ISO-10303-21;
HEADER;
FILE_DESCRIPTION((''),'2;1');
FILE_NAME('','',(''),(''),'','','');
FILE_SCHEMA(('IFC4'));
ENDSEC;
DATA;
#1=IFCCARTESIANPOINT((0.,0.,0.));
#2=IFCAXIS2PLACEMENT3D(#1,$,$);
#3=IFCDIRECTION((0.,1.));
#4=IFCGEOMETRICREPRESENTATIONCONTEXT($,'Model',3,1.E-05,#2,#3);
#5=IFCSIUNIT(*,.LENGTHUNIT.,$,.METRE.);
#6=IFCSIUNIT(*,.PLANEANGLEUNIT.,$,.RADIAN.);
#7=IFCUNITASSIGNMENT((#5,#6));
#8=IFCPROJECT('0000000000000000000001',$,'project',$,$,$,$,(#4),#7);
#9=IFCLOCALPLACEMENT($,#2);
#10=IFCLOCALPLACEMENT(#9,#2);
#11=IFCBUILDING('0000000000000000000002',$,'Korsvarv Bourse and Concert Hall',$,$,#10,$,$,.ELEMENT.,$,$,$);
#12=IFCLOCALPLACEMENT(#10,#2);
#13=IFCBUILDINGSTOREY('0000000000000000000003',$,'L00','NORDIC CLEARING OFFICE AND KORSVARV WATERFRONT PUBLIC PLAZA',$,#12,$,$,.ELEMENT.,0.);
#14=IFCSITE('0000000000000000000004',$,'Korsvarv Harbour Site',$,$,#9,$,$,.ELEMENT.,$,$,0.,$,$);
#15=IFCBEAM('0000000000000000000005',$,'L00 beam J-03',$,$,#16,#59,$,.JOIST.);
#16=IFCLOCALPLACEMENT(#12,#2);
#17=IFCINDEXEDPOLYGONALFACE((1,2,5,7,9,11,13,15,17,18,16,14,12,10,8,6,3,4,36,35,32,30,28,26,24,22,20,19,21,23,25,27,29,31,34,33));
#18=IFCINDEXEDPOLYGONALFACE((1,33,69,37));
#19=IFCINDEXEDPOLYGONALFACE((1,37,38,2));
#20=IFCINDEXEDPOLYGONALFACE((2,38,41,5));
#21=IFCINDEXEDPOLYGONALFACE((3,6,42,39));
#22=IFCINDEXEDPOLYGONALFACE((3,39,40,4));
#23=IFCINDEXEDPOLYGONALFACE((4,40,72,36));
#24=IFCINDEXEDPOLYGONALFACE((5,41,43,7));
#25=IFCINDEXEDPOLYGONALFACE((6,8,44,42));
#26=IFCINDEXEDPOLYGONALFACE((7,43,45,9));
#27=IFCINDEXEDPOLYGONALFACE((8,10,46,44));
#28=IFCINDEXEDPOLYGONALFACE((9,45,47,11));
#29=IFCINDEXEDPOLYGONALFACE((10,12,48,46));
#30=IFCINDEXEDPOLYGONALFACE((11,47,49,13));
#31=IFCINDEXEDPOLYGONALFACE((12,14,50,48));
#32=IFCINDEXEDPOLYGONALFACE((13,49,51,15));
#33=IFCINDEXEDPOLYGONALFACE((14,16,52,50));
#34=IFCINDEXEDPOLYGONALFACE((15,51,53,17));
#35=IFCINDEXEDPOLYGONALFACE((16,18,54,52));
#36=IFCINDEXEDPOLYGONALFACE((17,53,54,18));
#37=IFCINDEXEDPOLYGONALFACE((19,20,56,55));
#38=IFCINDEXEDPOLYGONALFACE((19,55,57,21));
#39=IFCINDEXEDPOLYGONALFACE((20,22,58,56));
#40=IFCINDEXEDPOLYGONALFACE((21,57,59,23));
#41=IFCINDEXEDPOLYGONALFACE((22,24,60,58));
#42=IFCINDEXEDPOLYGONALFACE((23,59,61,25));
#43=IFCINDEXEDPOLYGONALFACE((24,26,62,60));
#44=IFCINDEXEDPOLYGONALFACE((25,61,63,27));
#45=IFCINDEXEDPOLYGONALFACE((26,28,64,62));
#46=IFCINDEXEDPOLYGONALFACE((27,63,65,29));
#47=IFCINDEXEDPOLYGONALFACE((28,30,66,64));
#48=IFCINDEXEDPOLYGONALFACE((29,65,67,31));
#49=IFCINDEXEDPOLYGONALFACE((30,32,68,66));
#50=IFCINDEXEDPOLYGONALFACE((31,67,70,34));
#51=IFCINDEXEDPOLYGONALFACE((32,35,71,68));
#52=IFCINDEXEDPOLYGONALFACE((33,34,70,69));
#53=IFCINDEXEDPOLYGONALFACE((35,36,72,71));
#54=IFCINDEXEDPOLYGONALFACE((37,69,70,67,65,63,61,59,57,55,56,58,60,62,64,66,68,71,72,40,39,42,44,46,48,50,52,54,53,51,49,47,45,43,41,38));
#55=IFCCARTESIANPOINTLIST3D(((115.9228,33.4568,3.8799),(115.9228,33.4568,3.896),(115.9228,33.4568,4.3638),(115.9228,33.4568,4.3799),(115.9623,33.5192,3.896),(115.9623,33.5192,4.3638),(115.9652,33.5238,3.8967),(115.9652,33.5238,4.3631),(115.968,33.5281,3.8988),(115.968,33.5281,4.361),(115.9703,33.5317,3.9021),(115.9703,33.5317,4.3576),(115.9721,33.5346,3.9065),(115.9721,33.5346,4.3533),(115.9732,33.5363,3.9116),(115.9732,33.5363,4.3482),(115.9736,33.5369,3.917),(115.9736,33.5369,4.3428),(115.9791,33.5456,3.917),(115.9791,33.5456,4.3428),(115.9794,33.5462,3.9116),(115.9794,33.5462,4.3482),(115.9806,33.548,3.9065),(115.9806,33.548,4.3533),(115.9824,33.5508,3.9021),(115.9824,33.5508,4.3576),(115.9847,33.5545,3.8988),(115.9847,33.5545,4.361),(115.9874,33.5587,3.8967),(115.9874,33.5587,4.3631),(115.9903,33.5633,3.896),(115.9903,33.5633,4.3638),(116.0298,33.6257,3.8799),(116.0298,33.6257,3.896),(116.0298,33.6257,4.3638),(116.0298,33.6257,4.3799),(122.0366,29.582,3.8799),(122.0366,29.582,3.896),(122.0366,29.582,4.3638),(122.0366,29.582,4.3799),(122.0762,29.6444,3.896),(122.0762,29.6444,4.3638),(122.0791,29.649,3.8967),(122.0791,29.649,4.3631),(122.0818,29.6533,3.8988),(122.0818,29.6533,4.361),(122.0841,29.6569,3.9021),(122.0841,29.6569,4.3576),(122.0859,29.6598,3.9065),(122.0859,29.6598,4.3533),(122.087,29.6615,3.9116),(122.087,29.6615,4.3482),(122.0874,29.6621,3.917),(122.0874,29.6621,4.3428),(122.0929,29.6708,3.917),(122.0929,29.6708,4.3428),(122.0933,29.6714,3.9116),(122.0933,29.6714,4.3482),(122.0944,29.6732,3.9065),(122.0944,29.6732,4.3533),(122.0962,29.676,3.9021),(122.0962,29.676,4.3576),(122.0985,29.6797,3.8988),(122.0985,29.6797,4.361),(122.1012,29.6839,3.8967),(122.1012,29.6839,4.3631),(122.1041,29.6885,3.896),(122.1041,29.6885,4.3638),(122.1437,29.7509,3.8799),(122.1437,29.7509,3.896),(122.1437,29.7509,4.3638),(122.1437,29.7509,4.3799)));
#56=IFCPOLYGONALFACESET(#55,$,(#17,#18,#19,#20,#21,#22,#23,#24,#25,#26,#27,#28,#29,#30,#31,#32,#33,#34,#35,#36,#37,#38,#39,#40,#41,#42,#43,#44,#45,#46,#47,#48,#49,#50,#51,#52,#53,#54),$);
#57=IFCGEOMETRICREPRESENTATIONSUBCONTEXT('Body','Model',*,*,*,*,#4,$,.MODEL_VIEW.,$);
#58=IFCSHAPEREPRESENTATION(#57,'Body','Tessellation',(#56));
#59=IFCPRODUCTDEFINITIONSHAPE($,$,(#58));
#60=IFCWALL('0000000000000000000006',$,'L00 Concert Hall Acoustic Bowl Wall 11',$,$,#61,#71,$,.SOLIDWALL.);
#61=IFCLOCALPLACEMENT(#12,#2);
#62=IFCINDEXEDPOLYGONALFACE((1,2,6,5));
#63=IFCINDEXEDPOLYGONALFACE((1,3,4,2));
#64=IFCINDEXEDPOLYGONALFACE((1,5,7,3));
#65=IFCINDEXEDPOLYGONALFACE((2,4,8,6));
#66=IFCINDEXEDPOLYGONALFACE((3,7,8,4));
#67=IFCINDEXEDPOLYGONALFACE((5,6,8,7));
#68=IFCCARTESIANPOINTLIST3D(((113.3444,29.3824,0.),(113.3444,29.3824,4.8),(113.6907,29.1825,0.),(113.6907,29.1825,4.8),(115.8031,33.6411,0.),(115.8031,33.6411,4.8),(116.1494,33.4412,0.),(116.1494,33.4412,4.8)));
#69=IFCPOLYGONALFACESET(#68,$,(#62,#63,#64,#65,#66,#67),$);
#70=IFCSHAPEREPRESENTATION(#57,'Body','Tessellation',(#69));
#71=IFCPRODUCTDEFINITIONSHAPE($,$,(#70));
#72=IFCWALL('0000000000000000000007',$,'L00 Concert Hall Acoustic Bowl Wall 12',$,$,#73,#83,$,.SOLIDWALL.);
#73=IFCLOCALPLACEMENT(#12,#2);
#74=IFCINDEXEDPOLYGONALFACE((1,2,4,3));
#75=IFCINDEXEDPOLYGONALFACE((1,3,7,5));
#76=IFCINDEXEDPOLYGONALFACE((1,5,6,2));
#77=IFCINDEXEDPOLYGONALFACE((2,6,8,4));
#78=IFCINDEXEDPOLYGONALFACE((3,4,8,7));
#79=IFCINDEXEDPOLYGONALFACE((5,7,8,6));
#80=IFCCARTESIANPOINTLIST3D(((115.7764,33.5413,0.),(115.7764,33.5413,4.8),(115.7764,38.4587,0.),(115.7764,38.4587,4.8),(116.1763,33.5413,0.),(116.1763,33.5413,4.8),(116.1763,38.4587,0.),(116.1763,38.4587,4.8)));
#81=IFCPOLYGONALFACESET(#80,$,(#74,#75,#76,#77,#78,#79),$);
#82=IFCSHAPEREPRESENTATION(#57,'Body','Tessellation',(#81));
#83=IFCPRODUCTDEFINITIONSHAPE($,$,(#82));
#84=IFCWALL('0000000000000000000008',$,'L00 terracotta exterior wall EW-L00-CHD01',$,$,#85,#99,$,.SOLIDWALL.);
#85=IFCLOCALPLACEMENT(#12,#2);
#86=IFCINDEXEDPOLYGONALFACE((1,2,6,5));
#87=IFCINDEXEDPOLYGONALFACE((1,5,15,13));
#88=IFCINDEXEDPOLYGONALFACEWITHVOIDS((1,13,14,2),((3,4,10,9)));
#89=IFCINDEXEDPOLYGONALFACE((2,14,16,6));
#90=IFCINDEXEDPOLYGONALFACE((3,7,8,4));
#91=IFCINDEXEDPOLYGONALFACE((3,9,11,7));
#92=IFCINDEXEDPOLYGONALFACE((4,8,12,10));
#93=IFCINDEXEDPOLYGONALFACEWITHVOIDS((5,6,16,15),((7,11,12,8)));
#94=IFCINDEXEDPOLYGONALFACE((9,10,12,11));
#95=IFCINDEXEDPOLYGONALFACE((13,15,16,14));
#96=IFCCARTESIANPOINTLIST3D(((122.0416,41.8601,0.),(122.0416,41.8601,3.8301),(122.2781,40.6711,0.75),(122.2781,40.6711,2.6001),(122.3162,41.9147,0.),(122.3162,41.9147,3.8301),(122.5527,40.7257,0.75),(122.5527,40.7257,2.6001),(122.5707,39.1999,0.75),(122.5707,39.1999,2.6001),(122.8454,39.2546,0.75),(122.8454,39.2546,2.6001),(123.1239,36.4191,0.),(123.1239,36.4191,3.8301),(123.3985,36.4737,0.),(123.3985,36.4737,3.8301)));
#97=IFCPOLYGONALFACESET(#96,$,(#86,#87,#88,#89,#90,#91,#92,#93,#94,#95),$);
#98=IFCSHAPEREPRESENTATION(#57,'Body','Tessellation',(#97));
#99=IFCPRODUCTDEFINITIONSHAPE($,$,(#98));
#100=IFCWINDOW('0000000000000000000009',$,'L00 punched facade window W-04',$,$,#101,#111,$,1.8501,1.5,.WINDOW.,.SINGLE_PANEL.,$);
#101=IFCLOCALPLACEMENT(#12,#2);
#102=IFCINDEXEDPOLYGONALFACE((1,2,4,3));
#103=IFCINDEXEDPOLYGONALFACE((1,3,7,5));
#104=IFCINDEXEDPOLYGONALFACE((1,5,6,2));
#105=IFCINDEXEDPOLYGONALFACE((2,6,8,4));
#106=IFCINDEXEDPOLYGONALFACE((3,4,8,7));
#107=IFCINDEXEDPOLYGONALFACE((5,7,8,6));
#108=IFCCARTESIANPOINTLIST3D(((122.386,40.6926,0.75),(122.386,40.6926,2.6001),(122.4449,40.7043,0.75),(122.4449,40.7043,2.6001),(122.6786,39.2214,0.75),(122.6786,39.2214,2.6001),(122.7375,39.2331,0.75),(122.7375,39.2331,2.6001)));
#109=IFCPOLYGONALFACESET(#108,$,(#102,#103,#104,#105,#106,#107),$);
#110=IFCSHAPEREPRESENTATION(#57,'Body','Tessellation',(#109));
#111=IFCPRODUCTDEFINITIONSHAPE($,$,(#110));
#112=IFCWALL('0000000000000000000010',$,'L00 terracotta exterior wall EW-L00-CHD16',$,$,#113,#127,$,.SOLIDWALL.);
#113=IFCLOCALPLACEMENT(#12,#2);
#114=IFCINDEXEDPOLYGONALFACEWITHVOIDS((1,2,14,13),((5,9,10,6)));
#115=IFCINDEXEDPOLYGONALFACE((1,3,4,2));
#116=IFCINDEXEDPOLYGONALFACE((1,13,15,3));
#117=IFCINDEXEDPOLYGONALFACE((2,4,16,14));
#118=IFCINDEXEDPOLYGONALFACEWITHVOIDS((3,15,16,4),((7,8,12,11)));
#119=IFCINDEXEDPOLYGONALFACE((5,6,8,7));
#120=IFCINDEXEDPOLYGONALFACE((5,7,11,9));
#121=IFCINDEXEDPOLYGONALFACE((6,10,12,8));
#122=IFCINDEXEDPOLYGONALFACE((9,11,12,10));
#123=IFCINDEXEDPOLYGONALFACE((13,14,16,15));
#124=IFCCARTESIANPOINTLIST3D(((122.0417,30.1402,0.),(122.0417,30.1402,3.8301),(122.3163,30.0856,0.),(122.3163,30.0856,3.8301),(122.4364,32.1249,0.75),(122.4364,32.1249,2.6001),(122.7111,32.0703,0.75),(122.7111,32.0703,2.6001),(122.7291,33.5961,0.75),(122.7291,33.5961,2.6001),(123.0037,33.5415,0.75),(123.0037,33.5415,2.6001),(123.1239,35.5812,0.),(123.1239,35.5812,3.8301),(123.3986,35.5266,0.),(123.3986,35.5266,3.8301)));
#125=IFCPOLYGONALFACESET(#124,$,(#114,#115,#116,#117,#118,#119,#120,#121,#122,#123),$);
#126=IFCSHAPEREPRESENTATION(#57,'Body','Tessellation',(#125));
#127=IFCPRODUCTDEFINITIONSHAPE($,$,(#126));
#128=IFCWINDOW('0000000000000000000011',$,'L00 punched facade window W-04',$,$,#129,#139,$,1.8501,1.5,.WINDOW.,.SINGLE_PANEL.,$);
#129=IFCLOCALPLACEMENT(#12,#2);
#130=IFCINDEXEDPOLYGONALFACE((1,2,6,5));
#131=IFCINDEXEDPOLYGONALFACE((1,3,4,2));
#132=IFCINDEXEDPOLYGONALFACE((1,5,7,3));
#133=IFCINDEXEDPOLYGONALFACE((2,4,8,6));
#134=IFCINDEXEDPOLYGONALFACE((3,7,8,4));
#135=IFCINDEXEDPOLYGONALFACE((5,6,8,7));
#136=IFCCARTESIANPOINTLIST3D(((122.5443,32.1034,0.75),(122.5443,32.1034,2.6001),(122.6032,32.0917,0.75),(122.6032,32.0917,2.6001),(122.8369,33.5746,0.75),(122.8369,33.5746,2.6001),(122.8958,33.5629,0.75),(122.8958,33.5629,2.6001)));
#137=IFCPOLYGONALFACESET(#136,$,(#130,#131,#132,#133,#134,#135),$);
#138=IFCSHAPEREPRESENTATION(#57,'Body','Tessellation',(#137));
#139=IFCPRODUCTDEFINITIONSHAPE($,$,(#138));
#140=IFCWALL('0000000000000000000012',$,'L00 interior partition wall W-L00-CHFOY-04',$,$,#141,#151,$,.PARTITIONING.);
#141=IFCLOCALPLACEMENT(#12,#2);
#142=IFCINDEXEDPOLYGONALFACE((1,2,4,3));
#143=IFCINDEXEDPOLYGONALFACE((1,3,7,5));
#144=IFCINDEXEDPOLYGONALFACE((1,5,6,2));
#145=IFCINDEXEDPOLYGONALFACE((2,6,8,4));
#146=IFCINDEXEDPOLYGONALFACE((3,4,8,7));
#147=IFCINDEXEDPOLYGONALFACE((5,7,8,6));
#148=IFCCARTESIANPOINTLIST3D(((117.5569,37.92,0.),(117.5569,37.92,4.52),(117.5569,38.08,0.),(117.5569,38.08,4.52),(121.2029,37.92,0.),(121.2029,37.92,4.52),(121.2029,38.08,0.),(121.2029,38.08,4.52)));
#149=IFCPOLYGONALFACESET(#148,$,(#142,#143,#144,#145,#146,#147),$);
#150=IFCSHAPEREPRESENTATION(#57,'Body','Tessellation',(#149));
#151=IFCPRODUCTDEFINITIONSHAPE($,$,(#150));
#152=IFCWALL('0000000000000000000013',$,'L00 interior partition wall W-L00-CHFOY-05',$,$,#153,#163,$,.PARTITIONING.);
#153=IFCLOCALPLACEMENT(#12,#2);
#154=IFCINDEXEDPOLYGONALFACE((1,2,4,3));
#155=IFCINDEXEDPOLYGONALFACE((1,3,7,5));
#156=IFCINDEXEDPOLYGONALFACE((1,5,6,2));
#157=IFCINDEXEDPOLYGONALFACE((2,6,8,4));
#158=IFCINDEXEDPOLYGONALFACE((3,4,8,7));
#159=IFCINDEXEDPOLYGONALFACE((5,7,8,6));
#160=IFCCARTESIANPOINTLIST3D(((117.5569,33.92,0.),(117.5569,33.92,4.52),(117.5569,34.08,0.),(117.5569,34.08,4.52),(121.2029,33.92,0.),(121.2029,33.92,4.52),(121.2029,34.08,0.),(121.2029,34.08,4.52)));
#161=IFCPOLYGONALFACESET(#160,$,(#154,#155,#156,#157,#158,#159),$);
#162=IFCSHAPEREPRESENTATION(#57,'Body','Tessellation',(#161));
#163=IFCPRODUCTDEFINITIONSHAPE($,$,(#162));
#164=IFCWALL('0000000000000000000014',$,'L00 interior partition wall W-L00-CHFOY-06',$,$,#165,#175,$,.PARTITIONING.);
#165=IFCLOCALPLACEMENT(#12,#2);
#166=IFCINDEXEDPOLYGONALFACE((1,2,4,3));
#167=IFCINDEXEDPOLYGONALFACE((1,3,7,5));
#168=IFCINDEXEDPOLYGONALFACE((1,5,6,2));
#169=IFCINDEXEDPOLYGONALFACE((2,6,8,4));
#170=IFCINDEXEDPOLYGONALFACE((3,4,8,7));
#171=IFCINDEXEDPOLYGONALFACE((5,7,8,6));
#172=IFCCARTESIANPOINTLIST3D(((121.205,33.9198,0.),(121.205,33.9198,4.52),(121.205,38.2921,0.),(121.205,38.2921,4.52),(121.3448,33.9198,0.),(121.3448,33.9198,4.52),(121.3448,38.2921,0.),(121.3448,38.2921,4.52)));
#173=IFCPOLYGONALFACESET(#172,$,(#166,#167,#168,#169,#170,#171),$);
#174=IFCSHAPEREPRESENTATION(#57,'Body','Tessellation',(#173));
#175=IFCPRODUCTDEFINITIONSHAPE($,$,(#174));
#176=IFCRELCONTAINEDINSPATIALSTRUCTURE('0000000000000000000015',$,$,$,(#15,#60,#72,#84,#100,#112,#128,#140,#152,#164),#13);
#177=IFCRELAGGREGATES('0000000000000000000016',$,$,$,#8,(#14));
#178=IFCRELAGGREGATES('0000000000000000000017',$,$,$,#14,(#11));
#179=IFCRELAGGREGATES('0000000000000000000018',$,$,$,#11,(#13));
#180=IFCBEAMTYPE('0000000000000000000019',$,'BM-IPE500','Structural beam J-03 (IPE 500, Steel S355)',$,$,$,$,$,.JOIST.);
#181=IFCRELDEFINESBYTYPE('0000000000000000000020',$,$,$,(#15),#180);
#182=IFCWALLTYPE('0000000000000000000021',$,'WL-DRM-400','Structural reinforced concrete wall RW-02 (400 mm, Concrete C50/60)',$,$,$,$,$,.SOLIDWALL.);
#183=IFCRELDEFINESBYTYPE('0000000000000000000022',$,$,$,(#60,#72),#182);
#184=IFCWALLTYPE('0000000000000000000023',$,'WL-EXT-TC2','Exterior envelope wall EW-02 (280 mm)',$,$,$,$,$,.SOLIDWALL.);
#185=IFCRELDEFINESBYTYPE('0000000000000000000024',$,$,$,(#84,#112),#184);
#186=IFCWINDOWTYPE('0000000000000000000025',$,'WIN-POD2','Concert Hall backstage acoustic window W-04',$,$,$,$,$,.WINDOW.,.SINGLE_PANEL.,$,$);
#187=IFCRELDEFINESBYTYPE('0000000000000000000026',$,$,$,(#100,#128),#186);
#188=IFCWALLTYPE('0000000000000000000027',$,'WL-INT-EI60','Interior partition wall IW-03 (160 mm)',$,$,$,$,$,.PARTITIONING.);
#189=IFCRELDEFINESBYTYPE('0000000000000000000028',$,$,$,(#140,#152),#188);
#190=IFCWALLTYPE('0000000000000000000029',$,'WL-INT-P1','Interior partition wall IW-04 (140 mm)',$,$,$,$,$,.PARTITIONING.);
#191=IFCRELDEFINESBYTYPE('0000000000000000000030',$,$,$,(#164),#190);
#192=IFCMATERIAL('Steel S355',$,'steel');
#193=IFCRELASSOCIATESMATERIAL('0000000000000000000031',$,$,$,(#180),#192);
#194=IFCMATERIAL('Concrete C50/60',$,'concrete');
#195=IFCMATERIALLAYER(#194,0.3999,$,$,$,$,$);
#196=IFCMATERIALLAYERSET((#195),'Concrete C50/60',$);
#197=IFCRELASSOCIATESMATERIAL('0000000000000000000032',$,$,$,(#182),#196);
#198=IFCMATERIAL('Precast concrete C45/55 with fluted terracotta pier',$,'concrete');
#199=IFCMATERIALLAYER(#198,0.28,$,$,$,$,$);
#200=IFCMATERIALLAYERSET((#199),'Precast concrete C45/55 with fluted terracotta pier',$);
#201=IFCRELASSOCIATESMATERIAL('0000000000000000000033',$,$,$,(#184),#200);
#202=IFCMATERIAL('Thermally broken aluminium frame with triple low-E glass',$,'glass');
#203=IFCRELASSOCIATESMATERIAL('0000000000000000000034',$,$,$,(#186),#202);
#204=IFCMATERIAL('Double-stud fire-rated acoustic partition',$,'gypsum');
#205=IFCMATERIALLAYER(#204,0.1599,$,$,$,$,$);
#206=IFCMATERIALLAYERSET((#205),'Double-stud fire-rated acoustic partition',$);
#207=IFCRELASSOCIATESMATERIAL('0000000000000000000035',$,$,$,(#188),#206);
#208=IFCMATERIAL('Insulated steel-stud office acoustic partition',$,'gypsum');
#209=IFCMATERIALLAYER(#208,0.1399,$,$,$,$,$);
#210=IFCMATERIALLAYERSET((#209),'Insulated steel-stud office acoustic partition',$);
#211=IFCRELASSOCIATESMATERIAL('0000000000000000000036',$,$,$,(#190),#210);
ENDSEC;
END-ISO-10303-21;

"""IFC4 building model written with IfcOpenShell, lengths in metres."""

from ifc_helpers import new_model, si_unit, direction, frame, frame_2d, origin, origin_2d, place, context, subcontext, project, spatial, rectangle, i_section, extrude, source, transform, mapped, material, layer, layer_set, material_profile, profile_set, type_object, element, fill, save


model = new_model("IFC4")

# Units and contexts
model_context = context("Model", 3, precision=1e-05, world=origin(), true_north=direction((0.0, 1.0)))
body_context = subcontext(model_context, "Body", "Model", "MODEL_VIEW")
ifc_project = project(units=[si_unit("LENGTHUNIT", "METRE"), si_unit("PLANEANGLEUNIT", "RADIAN")], contexts=[model_context])

# Site, building, storey
site_placement = place(None, origin())
site = spatial("IfcSite", under=ifc_project, at=site_placement, Name="Korsvarv Harbour Site", CompositionType="ELEMENT", RefElevation=0.0)
building_placement = place(site_placement, origin())
building = spatial("IfcBuilding", under=site, at=building_placement, Name="Korsvarv Bourse and Concert Hall", CompositionType="ELEMENT")
storey_placement = place(building_placement, origin())
storey = spatial("IfcBuildingStorey", under=building, at=storey_placement, Name="L00", Description="NORDIC CLEARING OFFICE AND KORSVARV WATERFRONT PUBLIC PLAZA", CompositionType="ELEMENT", Elevation=0.0)

# Shared definitions
ifc_material_1 = material(Name="Concrete C50/60", Category="concrete")

# Beam
ifc_material_2 = material(Name="Steel S355", Category="steel")
ifc_material_profile_1 = material_profile(ifc_material_2, i_section(OverallWidth=0.2, OverallDepth=0.5, WebThickness=0.0103, FlangeThickness=0.0161, FilletRadius=0.021, at=origin_2d()), Name="IPE 500")
ifc_profile_set_1 = profile_set([ifc_material_profile_1], Name="Steel S355")
beam_type_1 = type_object("IfcBeamType", Name="BM-IPE500", Description="Structural beam J-03 (IPE 500, Steel S355)", PredefinedType="JOIST", material=ifc_profile_set_1)
shared_shape_1 = source(origin(), body_context, "Body", "SweptSolid", [
    extrude(i_section(OverallWidth=0.2, OverallDepth=0.5, WebThickness=0.0103, FlangeThickness=0.0161, FilletRadius=0.021, at=origin_2d()), origin(), (0.0, 0.0, 1.0), 7.2383),
])
beam_1_placement = place(storey_placement, frame((115.9763, 33.5413, 4.1299), z_axis=(0.84465, -0.535318, 0.0), x_axis=(0.535318, 0.84465, 0.0)))
element("IfcBeam", 1, at=beam_1_placement, inside=storey, type_object=beam_type_1, Name="L00 beam J-03", PredefinedType="JOIST", context=body_context, shape_type="MappedRepresentation", body=[
    mapped(shared_shape_1, transform((0.0, 0.0, 0.0), scale=1.0)),
])

# Walls
ifc_layer_1 = layer(ifc_material_1, 0.3999)
ifc_layer_set_1 = layer_set([ifc_layer_1], Name="Concrete C50/60")
wall_type_1 = type_object("IfcWallType", Name="WL-DRM-400", Description="Structural reinforced concrete wall RW-02 (400 mm, Concrete C50/60)", PredefinedType="SOLIDWALL", material=ifc_layer_set_1)
for number, where, z_axis, x_axis, name in (
    (2, (113.5176, 29.2825, 0.0), (0.0, 0.0, 1.0), (0.499989, 0.866032, 0.0), "L00 Concert Hall Acoustic Bowl Wall 11"),
    (3, (115.9763, 33.5413, 0.0), (0.0, 0.0, 1.0), (0.0, 1.0, 0.0), "L00 Concert Hall Acoustic Bowl Wall 12"),
):
    element("IfcWall", number, at=place(storey_placement, frame(where, z_axis=z_axis, x_axis=x_axis)), inside=storey, type_object=wall_type_1, Name=name, PredefinedType="SOLIDWALL", context=body_context, shape_type="SweptSolid", body=[
        extrude(rectangle(XDim=4.9175, YDim=0.3999, at=frame_2d((2.4587, 0.0))), origin(), (0.0, 0.0, 1.0), 4.8),
    ])

# Walls, openings, windows
ifc_material_3 = material(Name="Precast concrete C45/55 with fluted terracotta pier", Category="concrete")
ifc_layer_2 = layer(ifc_material_3, 0.28)
ifc_layer_set_2 = layer_set([ifc_layer_2], Name="Precast concrete C45/55 with fluted terracotta pier")
wall_type_2 = type_object("IfcWallType", Name="WL-EXT-TC2", Description="Exterior envelope wall EW-02 (280 mm)", PredefinedType="SOLIDWALL", material=ifc_layer_set_2)
wall_1_placement = place(storey_placement, frame((123.2612, 36.4463, 0.0), z_axis=(0.0, 0.0, 1.0), x_axis=(-0.195092, 0.980785, 0.0)))
wall_1 = element("IfcWall", 4, at=wall_1_placement, inside=storey, type_object=wall_type_2, Name="L00 terracotta exterior wall EW-L00-CHD01", PredefinedType="SOLIDWALL", context=body_context, shape_type="SweptSolid", body=[
    extrude(rectangle(XDim=5.5476, YDim=0.28, at=frame_2d((2.7739, 0.0))), origin(), (0.0, 0.0, 1.0), 3.8301),
])
opening_1_placement = place(wall_1_placement, frame((2.8354, 0.0, 0.75)))
opening_1 = element("IfcOpeningElement", 5, at=opening_1_placement, cuts=wall_1, PredefinedType="OPENING", context=body_context, shape_type="SweptSolid", body=[
    extrude(rectangle(XDim=1.5, YDim=1.8501, at=frame_2d((0.75, 0.925))), frame((0.0, 0.1499, 0.0), z_axis=(0.0, -1.0, 0.0), x_axis=(1.0, 0.0, 0.0)), (0.0, 0.0, 1.0), 0.3),
])
ifc_material_4 = material(Name="Thermally broken aluminium frame with triple low-E glass", Category="glass")
window_type = type_object("IfcWindowType", Name="WIN-POD2", Description="Concert Hall backstage acoustic window W-04", PartitioningType="SINGLE_PANEL", PredefinedType="WINDOW", material=ifc_material_4)
window_1_placement = place(opening_1_placement, origin())
window_1 = element("IfcWindow", 6, at=window_1_placement, inside=storey, type_object=window_type, Name="L00 punched facade window W-04", OverallHeight=1.8501, OverallWidth=1.5, PartitioningType="SINGLE_PANEL", PredefinedType="WINDOW", context=body_context, shape_type="SweptSolid", body=[
    extrude(rectangle(XDim=1.5, YDim=1.8501, at=frame_2d((0.75, 0.925))), frame((0.0, 0.03, 0.0), z_axis=(0.0, -1.0, 0.0), x_axis=(1.0, 0.0, 0.0)), (0.0, 0.0, 1.0), 0.0601),
])
fill(opening_1, window_1)
wall_2_placement = place(storey_placement, frame((122.179, 30.1128, 0.0), z_axis=(0.0, 0.0, 1.0), x_axis=(0.195092, 0.980785, 0.0)))
wall_2 = element("IfcWall", 7, at=wall_2_placement, inside=storey, type_object=wall_type_2, Name="L00 terracotta exterior wall EW-L00-CHD16", PredefinedType="SOLIDWALL", context=body_context, shape_type="SweptSolid", body=[
    extrude(rectangle(XDim=5.5476, YDim=0.28, at=frame_2d((2.7739, 0.0))), origin(), (0.0, 0.0, 1.0), 3.8301),
])
opening_2_placement = place(wall_2_placement, frame((2.0237, 0.0, 0.75)))
opening_2 = element("IfcOpeningElement", 8, at=opening_2_placement, cuts=wall_2, PredefinedType="OPENING", context=body_context, shape_type="SweptSolid", body=[
    extrude(rectangle(XDim=1.5, YDim=1.8501, at=frame_2d((0.75, 0.925))), frame((0.0, 0.1499, 0.0), z_axis=(0.0, -1.0, 0.0), x_axis=(1.0, 0.0, 0.0)), (0.0, 0.0, 1.0), 0.3),
])
window_2_placement = place(opening_2_placement, origin())
window_2 = element("IfcWindow", 9, at=window_2_placement, inside=storey, type_object=window_type, Name="L00 punched facade window W-04", OverallHeight=1.8501, OverallWidth=1.5, PartitioningType="SINGLE_PANEL", PredefinedType="WINDOW", context=body_context, shape_type="SweptSolid", body=[
    extrude(rectangle(XDim=1.5, YDim=1.8501, at=frame_2d((0.75, 0.925))), frame((0.0, 0.03, 0.0), z_axis=(0.0, -1.0, 0.0), x_axis=(1.0, 0.0, 0.0)), (0.0, 0.0, 1.0), 0.0601),
])
fill(opening_2, window_2)

# Walls
ifc_material_5 = material(Name="Double-stud fire-rated acoustic partition", Category="gypsum")
ifc_layer_3 = layer(ifc_material_5, 0.1599)
ifc_layer_set_3 = layer_set([ifc_layer_3], Name="Double-stud fire-rated acoustic partition")
wall_type_3 = type_object("IfcWallType", Name="WL-INT-EI60", Description="Interior partition wall IW-03 (160 mm)", PredefinedType="PARTITIONING", material=ifc_layer_set_3)
for number, where, z_axis, x_axis, name in (
    (10, (117.5569, 38.0, 0.0), (0.0, 0.0, 1.0), (1.0, 0.0, 0.0), "L00 interior partition wall W-L00-CHFOY-04"),
    (11, (117.5569, 34.0, 0.0), (0.0, 0.0, 1.0), (1.0, 0.0, 0.0), "L00 interior partition wall W-L00-CHFOY-05"),
):
    element("IfcWall", number, at=place(storey_placement, frame(where, z_axis=z_axis, x_axis=x_axis)), inside=storey, type_object=wall_type_3, Name=name, PredefinedType="PARTITIONING", context=body_context, shape_type="SweptSolid", body=[
        extrude(rectangle(XDim=3.646, YDim=0.1599, at=frame_2d((1.823, 0.0))), origin(), (0.0, 0.0, 1.0), 4.52),
    ])
ifc_material_6 = material(Name="Insulated steel-stud office acoustic partition", Category="gypsum")
ifc_layer_4 = layer(ifc_material_6, 0.1399)
ifc_layer_set_4 = layer_set([ifc_layer_4], Name="Insulated steel-stud office acoustic partition")
wall_type_4 = type_object("IfcWallType", Name="WL-INT-P1", Description="Interior partition wall IW-04 (140 mm)", PredefinedType="PARTITIONING", material=ifc_layer_set_4)
wall_3_placement = place(storey_placement, frame((121.2749, 33.9199, 0.0), z_axis=(0.0, 0.0, 1.0), x_axis=(0.0, 1.0, 0.0)))
element("IfcWall", 12, at=wall_3_placement, inside=storey, type_object=wall_type_4, Name="L00 interior partition wall W-L00-CHFOY-06", PredefinedType="PARTITIONING", context=body_context, shape_type="SweptSolid", body=[
    extrude(rectangle(XDim=4.3723, YDim=0.1399, at=frame_2d((2.186, 0.0))), origin(), (0.0, 0.0, 1.0), 4.52),
])

save(model, "model.ifc")
